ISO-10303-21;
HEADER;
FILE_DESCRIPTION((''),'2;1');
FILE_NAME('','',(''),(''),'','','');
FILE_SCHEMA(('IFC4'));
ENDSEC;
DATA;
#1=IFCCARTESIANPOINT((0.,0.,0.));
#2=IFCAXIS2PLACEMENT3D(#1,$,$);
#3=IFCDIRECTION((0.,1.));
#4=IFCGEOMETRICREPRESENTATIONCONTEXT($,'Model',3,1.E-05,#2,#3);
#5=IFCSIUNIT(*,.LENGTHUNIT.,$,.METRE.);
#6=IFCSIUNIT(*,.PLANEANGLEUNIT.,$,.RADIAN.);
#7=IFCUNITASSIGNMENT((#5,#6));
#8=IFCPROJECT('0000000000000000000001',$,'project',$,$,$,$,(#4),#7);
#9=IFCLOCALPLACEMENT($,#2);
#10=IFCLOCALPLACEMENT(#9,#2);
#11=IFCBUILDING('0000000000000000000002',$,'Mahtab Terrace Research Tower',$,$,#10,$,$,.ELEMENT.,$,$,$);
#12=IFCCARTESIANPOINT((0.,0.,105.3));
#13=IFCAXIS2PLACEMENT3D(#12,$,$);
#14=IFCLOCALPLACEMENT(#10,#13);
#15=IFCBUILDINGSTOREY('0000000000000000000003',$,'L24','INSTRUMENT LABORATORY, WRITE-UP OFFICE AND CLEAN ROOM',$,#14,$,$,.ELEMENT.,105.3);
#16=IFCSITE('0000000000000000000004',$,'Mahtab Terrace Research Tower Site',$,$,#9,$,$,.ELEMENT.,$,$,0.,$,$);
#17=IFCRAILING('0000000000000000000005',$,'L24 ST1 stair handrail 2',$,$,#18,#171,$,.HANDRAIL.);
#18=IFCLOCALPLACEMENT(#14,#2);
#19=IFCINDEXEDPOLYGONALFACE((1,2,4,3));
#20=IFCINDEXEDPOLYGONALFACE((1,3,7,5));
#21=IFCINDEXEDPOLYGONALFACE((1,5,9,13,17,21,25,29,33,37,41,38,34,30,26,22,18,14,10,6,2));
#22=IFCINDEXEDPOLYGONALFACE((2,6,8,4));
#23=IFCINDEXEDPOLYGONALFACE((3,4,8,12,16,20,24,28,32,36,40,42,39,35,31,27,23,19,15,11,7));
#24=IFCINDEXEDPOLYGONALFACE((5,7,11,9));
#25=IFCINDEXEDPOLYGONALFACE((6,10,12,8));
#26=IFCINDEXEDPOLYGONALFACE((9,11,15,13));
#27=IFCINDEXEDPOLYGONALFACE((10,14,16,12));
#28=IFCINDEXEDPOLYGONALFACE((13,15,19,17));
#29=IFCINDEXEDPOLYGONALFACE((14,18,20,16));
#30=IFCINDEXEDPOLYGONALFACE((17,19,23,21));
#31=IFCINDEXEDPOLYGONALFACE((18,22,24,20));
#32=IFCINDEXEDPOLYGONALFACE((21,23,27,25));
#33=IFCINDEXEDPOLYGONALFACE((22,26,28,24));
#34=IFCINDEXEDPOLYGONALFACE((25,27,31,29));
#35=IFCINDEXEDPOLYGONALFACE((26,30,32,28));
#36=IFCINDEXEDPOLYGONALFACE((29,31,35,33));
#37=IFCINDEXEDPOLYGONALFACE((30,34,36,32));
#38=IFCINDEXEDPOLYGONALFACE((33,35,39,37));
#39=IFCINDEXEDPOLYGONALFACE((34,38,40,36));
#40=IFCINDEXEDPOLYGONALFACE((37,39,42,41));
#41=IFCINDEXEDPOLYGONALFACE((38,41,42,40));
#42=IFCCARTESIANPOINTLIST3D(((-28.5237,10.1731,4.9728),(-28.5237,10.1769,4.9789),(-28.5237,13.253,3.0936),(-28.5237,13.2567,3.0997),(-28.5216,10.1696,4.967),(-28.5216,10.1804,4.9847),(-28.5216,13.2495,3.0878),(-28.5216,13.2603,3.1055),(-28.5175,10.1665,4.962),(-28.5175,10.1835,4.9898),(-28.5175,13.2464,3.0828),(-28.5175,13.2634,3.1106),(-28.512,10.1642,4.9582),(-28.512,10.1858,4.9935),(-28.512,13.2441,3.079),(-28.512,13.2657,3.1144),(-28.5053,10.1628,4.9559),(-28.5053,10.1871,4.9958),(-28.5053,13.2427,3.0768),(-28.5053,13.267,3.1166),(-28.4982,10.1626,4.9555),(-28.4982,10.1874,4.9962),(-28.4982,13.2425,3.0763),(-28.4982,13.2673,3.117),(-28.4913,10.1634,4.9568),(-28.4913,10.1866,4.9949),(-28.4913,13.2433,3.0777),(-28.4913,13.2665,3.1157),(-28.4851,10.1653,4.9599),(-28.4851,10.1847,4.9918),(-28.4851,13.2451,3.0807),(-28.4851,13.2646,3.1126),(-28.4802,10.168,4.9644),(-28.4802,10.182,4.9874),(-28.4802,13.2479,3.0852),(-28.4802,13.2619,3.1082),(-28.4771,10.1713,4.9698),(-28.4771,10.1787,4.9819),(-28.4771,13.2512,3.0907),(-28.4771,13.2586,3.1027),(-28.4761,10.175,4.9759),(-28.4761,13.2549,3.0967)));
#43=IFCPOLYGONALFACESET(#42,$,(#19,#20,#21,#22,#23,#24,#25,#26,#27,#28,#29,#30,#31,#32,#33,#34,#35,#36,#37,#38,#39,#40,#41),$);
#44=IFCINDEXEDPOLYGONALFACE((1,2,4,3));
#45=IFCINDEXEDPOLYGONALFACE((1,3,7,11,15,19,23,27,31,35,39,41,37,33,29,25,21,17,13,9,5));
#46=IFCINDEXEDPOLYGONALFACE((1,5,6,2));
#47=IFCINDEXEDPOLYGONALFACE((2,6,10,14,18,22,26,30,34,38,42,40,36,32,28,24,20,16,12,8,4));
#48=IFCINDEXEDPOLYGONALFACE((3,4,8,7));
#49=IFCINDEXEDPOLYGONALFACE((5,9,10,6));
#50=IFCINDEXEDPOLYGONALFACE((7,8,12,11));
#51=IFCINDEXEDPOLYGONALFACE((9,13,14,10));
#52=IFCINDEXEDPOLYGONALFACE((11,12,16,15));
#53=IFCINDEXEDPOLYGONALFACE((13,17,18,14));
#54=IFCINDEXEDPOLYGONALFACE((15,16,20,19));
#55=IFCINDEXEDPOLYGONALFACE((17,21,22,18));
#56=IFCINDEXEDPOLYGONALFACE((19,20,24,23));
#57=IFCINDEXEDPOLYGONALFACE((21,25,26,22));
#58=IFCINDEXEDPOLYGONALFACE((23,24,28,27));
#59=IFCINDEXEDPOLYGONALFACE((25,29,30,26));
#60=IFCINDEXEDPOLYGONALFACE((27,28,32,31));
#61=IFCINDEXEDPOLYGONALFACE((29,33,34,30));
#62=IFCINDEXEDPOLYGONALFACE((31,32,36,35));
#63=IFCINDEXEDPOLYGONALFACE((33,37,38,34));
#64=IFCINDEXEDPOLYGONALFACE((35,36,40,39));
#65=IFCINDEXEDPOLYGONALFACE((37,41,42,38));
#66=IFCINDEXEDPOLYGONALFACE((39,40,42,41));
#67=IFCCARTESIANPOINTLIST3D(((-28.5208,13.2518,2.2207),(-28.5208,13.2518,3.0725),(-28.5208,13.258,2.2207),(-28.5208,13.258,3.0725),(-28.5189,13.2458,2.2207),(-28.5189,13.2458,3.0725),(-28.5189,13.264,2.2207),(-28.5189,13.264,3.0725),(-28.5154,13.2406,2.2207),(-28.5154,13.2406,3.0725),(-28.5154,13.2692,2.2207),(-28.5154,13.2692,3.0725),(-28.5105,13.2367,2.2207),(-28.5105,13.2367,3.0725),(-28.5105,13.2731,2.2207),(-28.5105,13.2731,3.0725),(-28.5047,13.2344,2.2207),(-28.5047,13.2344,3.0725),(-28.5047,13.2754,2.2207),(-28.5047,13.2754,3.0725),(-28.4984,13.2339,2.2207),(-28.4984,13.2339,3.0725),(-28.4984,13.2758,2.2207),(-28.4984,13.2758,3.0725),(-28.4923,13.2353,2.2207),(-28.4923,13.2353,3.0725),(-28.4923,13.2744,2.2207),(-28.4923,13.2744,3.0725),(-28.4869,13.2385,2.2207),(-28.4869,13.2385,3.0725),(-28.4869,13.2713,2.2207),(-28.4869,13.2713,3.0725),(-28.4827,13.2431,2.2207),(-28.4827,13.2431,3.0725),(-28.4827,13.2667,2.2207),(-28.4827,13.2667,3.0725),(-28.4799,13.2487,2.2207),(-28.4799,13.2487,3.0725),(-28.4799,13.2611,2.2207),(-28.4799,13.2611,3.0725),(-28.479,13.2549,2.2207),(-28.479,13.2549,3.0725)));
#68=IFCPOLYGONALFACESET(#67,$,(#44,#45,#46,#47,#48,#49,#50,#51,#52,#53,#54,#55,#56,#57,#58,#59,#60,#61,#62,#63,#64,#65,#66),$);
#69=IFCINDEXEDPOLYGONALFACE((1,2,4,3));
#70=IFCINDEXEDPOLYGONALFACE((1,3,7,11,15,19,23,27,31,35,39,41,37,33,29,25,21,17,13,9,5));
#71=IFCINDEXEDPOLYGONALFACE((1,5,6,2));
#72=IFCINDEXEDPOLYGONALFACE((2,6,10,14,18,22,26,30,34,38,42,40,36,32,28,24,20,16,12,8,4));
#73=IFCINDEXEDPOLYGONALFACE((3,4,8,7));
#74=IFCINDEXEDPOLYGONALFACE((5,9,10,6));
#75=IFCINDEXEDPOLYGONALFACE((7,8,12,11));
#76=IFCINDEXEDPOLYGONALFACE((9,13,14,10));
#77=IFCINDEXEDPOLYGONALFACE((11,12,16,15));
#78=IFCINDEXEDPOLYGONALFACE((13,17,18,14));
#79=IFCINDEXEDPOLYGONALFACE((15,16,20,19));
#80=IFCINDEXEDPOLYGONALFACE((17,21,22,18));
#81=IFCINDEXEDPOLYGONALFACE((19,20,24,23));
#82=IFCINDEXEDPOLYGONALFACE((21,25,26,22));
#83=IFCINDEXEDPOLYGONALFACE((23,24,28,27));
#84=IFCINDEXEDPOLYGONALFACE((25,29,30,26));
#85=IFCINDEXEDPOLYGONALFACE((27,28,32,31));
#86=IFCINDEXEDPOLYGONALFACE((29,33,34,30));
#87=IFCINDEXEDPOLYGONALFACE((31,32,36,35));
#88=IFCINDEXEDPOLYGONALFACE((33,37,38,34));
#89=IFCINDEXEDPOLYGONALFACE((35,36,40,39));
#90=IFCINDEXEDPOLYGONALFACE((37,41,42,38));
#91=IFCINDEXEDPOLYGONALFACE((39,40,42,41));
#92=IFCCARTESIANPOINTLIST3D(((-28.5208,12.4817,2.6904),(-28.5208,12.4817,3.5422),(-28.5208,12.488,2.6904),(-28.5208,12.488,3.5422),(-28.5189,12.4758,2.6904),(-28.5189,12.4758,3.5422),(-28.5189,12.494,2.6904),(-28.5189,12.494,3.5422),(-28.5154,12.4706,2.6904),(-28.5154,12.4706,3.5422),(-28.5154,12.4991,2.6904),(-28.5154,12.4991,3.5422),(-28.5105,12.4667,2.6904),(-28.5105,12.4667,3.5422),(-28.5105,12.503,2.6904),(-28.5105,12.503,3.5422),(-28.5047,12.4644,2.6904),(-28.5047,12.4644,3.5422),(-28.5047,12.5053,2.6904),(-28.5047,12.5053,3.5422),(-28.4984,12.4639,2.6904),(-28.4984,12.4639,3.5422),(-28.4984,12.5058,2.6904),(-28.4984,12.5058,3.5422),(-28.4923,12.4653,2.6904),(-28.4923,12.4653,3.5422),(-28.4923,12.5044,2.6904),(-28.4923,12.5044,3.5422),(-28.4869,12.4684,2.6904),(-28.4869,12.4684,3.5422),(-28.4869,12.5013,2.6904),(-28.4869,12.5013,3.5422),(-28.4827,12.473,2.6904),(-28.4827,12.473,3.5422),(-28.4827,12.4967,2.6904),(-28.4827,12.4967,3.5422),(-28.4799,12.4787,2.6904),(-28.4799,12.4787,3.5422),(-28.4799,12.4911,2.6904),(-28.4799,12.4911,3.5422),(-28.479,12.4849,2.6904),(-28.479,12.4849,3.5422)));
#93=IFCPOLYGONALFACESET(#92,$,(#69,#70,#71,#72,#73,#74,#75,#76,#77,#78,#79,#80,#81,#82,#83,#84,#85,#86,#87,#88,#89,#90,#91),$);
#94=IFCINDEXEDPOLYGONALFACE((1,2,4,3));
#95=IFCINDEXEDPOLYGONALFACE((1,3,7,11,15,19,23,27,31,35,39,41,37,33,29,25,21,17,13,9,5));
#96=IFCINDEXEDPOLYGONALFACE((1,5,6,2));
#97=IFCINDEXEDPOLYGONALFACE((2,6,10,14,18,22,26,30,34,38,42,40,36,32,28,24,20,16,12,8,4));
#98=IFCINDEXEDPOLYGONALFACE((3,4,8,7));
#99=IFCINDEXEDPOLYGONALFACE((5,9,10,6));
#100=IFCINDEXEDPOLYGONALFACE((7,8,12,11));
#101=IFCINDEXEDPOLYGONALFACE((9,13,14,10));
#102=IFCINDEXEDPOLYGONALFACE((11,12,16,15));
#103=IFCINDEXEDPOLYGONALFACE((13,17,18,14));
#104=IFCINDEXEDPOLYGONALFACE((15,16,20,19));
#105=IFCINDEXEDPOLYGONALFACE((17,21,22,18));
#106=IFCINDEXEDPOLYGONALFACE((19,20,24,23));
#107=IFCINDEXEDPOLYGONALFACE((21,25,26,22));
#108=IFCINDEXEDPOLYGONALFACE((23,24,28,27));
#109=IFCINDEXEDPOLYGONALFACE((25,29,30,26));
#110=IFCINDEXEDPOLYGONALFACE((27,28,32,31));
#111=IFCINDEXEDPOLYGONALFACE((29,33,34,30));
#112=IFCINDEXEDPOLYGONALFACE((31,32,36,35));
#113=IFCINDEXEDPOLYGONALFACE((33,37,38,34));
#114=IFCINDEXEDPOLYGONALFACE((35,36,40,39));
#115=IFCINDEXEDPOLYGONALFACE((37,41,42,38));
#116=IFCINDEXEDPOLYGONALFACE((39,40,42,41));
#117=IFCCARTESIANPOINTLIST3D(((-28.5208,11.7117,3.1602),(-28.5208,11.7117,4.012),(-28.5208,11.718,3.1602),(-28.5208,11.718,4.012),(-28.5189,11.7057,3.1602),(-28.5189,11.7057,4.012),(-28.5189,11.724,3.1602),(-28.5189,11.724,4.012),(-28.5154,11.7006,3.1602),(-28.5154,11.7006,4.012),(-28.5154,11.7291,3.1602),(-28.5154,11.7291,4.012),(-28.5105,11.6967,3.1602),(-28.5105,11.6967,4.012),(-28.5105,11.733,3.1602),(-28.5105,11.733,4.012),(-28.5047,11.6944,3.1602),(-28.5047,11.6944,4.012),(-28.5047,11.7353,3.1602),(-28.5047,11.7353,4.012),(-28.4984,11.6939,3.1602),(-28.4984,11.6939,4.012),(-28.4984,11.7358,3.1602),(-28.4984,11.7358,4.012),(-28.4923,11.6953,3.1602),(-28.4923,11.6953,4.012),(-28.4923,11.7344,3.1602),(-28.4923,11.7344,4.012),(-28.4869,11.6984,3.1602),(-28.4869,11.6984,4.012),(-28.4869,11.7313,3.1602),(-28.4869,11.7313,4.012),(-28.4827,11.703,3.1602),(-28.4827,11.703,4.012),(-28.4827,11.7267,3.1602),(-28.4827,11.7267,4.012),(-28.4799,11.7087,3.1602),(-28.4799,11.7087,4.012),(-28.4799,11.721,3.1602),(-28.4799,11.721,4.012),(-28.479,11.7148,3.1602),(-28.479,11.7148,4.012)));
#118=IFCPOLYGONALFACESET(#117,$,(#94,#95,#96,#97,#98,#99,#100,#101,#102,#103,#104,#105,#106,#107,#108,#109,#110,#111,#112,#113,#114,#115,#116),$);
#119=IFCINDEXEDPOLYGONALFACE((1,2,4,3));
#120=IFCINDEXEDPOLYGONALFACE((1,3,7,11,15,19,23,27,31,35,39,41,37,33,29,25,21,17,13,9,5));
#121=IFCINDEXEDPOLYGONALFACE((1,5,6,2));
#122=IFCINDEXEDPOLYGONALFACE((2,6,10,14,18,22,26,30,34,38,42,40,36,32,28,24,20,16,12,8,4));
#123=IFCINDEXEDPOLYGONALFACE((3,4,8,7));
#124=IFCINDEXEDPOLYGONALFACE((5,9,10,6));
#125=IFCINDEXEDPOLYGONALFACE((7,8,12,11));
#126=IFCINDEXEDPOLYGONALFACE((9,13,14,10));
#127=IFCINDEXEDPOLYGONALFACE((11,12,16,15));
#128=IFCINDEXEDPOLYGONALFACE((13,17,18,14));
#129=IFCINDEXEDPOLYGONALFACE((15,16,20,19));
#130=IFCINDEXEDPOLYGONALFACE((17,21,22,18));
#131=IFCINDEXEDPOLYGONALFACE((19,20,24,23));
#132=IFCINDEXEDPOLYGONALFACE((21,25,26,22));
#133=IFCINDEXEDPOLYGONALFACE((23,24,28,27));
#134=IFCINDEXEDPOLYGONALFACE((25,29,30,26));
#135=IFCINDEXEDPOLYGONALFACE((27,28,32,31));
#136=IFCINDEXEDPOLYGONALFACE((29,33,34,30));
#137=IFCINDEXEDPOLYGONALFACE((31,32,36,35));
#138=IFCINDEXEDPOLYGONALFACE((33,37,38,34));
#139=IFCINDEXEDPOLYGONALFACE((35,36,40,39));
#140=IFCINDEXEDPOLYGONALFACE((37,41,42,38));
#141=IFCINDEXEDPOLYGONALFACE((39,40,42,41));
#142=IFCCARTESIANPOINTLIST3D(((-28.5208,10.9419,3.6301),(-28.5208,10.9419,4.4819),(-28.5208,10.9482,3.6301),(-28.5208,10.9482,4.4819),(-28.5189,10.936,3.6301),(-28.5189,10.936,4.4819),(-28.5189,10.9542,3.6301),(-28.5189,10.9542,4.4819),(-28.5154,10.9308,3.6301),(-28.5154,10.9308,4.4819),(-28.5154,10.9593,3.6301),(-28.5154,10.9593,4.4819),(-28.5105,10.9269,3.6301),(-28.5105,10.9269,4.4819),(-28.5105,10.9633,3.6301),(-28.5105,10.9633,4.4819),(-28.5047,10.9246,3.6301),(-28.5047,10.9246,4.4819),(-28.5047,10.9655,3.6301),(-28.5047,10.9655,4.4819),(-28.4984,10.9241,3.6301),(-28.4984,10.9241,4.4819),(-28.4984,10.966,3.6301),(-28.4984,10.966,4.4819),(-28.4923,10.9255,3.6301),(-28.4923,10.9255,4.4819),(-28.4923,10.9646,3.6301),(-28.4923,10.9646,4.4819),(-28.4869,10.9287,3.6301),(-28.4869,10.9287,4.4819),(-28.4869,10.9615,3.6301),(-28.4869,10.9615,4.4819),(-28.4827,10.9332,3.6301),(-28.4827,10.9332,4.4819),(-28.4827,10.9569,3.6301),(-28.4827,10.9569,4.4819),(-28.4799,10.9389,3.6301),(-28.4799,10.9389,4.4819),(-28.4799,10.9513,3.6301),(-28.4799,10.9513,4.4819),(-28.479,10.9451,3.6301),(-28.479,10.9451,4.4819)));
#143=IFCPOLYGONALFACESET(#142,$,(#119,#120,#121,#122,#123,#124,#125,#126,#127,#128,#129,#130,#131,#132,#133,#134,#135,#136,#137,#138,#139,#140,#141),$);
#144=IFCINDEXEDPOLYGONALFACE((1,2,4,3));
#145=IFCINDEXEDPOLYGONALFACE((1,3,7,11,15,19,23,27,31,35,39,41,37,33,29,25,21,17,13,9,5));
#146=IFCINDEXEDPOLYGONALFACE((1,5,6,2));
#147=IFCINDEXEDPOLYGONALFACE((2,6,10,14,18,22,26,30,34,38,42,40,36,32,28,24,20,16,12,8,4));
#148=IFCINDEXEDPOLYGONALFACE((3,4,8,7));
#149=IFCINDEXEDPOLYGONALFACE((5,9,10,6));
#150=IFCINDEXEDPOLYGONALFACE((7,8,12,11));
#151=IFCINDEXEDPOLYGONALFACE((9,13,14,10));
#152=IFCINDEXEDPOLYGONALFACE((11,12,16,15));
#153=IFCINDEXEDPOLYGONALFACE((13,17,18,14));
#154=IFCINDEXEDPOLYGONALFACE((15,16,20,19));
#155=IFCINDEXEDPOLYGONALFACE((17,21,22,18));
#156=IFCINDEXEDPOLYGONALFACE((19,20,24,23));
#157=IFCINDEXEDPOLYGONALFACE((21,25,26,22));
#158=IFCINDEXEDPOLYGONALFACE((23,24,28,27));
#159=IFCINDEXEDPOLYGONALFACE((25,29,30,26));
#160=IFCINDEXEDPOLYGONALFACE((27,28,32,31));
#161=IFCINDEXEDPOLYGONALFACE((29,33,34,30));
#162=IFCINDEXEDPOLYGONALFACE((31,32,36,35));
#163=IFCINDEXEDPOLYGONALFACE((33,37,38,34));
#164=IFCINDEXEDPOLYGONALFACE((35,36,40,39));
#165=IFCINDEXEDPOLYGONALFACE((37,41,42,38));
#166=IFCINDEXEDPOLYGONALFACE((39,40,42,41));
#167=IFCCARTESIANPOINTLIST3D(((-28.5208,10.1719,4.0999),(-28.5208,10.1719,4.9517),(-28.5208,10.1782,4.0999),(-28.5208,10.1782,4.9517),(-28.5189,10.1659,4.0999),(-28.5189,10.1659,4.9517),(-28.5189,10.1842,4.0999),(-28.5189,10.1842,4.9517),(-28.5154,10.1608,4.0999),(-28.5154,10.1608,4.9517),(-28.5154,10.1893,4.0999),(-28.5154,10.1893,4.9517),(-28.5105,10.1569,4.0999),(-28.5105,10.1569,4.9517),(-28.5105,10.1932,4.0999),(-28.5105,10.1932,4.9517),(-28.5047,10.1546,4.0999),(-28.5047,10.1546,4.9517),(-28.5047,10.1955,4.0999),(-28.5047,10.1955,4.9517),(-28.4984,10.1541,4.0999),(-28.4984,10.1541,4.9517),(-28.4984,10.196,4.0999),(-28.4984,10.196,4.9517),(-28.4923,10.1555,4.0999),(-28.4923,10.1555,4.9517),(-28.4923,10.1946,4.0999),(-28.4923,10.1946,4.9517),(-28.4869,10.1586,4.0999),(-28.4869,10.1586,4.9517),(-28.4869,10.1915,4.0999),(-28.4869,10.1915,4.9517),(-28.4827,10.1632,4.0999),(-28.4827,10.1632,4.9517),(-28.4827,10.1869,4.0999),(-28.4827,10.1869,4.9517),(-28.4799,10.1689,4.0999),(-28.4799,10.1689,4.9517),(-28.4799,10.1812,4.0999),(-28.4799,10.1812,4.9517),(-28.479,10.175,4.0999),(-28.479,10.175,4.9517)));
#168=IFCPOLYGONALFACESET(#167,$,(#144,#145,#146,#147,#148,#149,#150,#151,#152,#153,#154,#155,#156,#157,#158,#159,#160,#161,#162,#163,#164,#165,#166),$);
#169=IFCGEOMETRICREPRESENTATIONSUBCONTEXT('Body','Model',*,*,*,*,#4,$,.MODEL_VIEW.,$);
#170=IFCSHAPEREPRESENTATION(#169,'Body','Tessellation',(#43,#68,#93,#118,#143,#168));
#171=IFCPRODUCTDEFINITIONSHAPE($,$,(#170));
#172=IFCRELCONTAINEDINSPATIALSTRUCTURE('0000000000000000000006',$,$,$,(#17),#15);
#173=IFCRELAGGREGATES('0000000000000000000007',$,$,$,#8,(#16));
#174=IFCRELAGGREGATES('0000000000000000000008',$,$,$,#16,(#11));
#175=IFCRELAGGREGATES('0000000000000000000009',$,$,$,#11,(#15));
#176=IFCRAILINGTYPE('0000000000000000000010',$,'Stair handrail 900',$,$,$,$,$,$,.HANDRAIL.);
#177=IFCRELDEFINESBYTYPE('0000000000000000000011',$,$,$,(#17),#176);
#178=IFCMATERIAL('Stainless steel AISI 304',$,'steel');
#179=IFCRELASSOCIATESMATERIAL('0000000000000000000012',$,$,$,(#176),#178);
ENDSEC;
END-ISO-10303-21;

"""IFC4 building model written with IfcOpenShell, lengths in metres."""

from ifc_helpers import new_model, si_unit, direction, frame, origin, origin_2d, place, context, subcontext, project, spatial, circle, extrude, material, type_object, element, save


model = new_model("IFC4")

# Units and contexts
model_context = context("Model", 3, precision=1e-05, world=origin(), true_north=direction((0.0, 1.0)))
body_context = subcontext(model_context, "Body", "Model", "MODEL_VIEW")
ifc_project = project(units=[si_unit("LENGTHUNIT", "METRE"), si_unit("PLANEANGLEUNIT", "RADIAN")], contexts=[model_context])

# Site, building, storey
site_placement = place(None, origin())
site = spatial("IfcSite", under=ifc_project, at=site_placement, Name="Mahtab Terrace Research Tower Site", CompositionType="ELEMENT", RefElevation=0.0)
building_placement = place(site_placement, origin())
building = spatial("IfcBuilding", under=site, at=building_placement, Name="Mahtab Terrace Research Tower", CompositionType="ELEMENT")
storey_placement = place(building_placement, frame((0.0, 0.0, 105.3)))
storey = spatial("IfcBuildingStorey", under=building, at=storey_placement, Name="L24", Description="INSTRUMENT LABORATORY, WRITE-UP OFFICE AND CLEAN ROOM", CompositionType="ELEMENT", Elevation=105.3)

# Railing
ifc_material_1 = material(Name="Stainless steel AISI 304", Category="steel")
railing_type_1 = type_object("IfcRailingType", Name="Stair handrail 900", PredefinedType="HANDRAIL", material=ifc_material_1)
railing_1_placement = place(storey_placement, frame((-28.5, 13.2549, 2.2207)))
element("IfcRailing", 1, at=railing_1_placement, inside=storey, type_object=railing_type_1, Name="L24 ST1 stair handrail 2", PredefinedType="HANDRAIL", context=body_context, shape_type="SweptSolid", body=[
    extrude(circle(Radius=0.0239, at=origin_2d()), frame((0.0, 0.0, 0.876), z_axis=(0.0, -0.853648, 0.52085), x_axis=(1.0, 0.0, 0.0)), (0.0, 0.0, 1.0), 3.6079),
    extrude(circle(Radius=0.021, at=origin_2d()), origin(), (0.0, 0.0, 1.0), 0.8518),
    extrude(circle(Radius=0.021, at=origin_2d()), frame((0.0, -0.77, 0.4697)), (0.0, 0.0, 1.0), 0.8518),
    extrude(circle(Radius=0.021, at=origin_2d()), frame((0.0, -1.54, 0.9395)), (0.0, 0.0, 1.0), 0.8518),
    extrude(circle(Radius=0.021, at=origin_2d()), frame((0.0, -2.3098, 1.4094)), (0.0, 0.0, 1.0), 0.8518),
    extrude(circle(Radius=0.021, at=origin_2d()), frame((0.0, -3.0798, 1.8792)), (0.0, 0.0, 1.0), 0.8518),
])

save(model, "model.ifc")
